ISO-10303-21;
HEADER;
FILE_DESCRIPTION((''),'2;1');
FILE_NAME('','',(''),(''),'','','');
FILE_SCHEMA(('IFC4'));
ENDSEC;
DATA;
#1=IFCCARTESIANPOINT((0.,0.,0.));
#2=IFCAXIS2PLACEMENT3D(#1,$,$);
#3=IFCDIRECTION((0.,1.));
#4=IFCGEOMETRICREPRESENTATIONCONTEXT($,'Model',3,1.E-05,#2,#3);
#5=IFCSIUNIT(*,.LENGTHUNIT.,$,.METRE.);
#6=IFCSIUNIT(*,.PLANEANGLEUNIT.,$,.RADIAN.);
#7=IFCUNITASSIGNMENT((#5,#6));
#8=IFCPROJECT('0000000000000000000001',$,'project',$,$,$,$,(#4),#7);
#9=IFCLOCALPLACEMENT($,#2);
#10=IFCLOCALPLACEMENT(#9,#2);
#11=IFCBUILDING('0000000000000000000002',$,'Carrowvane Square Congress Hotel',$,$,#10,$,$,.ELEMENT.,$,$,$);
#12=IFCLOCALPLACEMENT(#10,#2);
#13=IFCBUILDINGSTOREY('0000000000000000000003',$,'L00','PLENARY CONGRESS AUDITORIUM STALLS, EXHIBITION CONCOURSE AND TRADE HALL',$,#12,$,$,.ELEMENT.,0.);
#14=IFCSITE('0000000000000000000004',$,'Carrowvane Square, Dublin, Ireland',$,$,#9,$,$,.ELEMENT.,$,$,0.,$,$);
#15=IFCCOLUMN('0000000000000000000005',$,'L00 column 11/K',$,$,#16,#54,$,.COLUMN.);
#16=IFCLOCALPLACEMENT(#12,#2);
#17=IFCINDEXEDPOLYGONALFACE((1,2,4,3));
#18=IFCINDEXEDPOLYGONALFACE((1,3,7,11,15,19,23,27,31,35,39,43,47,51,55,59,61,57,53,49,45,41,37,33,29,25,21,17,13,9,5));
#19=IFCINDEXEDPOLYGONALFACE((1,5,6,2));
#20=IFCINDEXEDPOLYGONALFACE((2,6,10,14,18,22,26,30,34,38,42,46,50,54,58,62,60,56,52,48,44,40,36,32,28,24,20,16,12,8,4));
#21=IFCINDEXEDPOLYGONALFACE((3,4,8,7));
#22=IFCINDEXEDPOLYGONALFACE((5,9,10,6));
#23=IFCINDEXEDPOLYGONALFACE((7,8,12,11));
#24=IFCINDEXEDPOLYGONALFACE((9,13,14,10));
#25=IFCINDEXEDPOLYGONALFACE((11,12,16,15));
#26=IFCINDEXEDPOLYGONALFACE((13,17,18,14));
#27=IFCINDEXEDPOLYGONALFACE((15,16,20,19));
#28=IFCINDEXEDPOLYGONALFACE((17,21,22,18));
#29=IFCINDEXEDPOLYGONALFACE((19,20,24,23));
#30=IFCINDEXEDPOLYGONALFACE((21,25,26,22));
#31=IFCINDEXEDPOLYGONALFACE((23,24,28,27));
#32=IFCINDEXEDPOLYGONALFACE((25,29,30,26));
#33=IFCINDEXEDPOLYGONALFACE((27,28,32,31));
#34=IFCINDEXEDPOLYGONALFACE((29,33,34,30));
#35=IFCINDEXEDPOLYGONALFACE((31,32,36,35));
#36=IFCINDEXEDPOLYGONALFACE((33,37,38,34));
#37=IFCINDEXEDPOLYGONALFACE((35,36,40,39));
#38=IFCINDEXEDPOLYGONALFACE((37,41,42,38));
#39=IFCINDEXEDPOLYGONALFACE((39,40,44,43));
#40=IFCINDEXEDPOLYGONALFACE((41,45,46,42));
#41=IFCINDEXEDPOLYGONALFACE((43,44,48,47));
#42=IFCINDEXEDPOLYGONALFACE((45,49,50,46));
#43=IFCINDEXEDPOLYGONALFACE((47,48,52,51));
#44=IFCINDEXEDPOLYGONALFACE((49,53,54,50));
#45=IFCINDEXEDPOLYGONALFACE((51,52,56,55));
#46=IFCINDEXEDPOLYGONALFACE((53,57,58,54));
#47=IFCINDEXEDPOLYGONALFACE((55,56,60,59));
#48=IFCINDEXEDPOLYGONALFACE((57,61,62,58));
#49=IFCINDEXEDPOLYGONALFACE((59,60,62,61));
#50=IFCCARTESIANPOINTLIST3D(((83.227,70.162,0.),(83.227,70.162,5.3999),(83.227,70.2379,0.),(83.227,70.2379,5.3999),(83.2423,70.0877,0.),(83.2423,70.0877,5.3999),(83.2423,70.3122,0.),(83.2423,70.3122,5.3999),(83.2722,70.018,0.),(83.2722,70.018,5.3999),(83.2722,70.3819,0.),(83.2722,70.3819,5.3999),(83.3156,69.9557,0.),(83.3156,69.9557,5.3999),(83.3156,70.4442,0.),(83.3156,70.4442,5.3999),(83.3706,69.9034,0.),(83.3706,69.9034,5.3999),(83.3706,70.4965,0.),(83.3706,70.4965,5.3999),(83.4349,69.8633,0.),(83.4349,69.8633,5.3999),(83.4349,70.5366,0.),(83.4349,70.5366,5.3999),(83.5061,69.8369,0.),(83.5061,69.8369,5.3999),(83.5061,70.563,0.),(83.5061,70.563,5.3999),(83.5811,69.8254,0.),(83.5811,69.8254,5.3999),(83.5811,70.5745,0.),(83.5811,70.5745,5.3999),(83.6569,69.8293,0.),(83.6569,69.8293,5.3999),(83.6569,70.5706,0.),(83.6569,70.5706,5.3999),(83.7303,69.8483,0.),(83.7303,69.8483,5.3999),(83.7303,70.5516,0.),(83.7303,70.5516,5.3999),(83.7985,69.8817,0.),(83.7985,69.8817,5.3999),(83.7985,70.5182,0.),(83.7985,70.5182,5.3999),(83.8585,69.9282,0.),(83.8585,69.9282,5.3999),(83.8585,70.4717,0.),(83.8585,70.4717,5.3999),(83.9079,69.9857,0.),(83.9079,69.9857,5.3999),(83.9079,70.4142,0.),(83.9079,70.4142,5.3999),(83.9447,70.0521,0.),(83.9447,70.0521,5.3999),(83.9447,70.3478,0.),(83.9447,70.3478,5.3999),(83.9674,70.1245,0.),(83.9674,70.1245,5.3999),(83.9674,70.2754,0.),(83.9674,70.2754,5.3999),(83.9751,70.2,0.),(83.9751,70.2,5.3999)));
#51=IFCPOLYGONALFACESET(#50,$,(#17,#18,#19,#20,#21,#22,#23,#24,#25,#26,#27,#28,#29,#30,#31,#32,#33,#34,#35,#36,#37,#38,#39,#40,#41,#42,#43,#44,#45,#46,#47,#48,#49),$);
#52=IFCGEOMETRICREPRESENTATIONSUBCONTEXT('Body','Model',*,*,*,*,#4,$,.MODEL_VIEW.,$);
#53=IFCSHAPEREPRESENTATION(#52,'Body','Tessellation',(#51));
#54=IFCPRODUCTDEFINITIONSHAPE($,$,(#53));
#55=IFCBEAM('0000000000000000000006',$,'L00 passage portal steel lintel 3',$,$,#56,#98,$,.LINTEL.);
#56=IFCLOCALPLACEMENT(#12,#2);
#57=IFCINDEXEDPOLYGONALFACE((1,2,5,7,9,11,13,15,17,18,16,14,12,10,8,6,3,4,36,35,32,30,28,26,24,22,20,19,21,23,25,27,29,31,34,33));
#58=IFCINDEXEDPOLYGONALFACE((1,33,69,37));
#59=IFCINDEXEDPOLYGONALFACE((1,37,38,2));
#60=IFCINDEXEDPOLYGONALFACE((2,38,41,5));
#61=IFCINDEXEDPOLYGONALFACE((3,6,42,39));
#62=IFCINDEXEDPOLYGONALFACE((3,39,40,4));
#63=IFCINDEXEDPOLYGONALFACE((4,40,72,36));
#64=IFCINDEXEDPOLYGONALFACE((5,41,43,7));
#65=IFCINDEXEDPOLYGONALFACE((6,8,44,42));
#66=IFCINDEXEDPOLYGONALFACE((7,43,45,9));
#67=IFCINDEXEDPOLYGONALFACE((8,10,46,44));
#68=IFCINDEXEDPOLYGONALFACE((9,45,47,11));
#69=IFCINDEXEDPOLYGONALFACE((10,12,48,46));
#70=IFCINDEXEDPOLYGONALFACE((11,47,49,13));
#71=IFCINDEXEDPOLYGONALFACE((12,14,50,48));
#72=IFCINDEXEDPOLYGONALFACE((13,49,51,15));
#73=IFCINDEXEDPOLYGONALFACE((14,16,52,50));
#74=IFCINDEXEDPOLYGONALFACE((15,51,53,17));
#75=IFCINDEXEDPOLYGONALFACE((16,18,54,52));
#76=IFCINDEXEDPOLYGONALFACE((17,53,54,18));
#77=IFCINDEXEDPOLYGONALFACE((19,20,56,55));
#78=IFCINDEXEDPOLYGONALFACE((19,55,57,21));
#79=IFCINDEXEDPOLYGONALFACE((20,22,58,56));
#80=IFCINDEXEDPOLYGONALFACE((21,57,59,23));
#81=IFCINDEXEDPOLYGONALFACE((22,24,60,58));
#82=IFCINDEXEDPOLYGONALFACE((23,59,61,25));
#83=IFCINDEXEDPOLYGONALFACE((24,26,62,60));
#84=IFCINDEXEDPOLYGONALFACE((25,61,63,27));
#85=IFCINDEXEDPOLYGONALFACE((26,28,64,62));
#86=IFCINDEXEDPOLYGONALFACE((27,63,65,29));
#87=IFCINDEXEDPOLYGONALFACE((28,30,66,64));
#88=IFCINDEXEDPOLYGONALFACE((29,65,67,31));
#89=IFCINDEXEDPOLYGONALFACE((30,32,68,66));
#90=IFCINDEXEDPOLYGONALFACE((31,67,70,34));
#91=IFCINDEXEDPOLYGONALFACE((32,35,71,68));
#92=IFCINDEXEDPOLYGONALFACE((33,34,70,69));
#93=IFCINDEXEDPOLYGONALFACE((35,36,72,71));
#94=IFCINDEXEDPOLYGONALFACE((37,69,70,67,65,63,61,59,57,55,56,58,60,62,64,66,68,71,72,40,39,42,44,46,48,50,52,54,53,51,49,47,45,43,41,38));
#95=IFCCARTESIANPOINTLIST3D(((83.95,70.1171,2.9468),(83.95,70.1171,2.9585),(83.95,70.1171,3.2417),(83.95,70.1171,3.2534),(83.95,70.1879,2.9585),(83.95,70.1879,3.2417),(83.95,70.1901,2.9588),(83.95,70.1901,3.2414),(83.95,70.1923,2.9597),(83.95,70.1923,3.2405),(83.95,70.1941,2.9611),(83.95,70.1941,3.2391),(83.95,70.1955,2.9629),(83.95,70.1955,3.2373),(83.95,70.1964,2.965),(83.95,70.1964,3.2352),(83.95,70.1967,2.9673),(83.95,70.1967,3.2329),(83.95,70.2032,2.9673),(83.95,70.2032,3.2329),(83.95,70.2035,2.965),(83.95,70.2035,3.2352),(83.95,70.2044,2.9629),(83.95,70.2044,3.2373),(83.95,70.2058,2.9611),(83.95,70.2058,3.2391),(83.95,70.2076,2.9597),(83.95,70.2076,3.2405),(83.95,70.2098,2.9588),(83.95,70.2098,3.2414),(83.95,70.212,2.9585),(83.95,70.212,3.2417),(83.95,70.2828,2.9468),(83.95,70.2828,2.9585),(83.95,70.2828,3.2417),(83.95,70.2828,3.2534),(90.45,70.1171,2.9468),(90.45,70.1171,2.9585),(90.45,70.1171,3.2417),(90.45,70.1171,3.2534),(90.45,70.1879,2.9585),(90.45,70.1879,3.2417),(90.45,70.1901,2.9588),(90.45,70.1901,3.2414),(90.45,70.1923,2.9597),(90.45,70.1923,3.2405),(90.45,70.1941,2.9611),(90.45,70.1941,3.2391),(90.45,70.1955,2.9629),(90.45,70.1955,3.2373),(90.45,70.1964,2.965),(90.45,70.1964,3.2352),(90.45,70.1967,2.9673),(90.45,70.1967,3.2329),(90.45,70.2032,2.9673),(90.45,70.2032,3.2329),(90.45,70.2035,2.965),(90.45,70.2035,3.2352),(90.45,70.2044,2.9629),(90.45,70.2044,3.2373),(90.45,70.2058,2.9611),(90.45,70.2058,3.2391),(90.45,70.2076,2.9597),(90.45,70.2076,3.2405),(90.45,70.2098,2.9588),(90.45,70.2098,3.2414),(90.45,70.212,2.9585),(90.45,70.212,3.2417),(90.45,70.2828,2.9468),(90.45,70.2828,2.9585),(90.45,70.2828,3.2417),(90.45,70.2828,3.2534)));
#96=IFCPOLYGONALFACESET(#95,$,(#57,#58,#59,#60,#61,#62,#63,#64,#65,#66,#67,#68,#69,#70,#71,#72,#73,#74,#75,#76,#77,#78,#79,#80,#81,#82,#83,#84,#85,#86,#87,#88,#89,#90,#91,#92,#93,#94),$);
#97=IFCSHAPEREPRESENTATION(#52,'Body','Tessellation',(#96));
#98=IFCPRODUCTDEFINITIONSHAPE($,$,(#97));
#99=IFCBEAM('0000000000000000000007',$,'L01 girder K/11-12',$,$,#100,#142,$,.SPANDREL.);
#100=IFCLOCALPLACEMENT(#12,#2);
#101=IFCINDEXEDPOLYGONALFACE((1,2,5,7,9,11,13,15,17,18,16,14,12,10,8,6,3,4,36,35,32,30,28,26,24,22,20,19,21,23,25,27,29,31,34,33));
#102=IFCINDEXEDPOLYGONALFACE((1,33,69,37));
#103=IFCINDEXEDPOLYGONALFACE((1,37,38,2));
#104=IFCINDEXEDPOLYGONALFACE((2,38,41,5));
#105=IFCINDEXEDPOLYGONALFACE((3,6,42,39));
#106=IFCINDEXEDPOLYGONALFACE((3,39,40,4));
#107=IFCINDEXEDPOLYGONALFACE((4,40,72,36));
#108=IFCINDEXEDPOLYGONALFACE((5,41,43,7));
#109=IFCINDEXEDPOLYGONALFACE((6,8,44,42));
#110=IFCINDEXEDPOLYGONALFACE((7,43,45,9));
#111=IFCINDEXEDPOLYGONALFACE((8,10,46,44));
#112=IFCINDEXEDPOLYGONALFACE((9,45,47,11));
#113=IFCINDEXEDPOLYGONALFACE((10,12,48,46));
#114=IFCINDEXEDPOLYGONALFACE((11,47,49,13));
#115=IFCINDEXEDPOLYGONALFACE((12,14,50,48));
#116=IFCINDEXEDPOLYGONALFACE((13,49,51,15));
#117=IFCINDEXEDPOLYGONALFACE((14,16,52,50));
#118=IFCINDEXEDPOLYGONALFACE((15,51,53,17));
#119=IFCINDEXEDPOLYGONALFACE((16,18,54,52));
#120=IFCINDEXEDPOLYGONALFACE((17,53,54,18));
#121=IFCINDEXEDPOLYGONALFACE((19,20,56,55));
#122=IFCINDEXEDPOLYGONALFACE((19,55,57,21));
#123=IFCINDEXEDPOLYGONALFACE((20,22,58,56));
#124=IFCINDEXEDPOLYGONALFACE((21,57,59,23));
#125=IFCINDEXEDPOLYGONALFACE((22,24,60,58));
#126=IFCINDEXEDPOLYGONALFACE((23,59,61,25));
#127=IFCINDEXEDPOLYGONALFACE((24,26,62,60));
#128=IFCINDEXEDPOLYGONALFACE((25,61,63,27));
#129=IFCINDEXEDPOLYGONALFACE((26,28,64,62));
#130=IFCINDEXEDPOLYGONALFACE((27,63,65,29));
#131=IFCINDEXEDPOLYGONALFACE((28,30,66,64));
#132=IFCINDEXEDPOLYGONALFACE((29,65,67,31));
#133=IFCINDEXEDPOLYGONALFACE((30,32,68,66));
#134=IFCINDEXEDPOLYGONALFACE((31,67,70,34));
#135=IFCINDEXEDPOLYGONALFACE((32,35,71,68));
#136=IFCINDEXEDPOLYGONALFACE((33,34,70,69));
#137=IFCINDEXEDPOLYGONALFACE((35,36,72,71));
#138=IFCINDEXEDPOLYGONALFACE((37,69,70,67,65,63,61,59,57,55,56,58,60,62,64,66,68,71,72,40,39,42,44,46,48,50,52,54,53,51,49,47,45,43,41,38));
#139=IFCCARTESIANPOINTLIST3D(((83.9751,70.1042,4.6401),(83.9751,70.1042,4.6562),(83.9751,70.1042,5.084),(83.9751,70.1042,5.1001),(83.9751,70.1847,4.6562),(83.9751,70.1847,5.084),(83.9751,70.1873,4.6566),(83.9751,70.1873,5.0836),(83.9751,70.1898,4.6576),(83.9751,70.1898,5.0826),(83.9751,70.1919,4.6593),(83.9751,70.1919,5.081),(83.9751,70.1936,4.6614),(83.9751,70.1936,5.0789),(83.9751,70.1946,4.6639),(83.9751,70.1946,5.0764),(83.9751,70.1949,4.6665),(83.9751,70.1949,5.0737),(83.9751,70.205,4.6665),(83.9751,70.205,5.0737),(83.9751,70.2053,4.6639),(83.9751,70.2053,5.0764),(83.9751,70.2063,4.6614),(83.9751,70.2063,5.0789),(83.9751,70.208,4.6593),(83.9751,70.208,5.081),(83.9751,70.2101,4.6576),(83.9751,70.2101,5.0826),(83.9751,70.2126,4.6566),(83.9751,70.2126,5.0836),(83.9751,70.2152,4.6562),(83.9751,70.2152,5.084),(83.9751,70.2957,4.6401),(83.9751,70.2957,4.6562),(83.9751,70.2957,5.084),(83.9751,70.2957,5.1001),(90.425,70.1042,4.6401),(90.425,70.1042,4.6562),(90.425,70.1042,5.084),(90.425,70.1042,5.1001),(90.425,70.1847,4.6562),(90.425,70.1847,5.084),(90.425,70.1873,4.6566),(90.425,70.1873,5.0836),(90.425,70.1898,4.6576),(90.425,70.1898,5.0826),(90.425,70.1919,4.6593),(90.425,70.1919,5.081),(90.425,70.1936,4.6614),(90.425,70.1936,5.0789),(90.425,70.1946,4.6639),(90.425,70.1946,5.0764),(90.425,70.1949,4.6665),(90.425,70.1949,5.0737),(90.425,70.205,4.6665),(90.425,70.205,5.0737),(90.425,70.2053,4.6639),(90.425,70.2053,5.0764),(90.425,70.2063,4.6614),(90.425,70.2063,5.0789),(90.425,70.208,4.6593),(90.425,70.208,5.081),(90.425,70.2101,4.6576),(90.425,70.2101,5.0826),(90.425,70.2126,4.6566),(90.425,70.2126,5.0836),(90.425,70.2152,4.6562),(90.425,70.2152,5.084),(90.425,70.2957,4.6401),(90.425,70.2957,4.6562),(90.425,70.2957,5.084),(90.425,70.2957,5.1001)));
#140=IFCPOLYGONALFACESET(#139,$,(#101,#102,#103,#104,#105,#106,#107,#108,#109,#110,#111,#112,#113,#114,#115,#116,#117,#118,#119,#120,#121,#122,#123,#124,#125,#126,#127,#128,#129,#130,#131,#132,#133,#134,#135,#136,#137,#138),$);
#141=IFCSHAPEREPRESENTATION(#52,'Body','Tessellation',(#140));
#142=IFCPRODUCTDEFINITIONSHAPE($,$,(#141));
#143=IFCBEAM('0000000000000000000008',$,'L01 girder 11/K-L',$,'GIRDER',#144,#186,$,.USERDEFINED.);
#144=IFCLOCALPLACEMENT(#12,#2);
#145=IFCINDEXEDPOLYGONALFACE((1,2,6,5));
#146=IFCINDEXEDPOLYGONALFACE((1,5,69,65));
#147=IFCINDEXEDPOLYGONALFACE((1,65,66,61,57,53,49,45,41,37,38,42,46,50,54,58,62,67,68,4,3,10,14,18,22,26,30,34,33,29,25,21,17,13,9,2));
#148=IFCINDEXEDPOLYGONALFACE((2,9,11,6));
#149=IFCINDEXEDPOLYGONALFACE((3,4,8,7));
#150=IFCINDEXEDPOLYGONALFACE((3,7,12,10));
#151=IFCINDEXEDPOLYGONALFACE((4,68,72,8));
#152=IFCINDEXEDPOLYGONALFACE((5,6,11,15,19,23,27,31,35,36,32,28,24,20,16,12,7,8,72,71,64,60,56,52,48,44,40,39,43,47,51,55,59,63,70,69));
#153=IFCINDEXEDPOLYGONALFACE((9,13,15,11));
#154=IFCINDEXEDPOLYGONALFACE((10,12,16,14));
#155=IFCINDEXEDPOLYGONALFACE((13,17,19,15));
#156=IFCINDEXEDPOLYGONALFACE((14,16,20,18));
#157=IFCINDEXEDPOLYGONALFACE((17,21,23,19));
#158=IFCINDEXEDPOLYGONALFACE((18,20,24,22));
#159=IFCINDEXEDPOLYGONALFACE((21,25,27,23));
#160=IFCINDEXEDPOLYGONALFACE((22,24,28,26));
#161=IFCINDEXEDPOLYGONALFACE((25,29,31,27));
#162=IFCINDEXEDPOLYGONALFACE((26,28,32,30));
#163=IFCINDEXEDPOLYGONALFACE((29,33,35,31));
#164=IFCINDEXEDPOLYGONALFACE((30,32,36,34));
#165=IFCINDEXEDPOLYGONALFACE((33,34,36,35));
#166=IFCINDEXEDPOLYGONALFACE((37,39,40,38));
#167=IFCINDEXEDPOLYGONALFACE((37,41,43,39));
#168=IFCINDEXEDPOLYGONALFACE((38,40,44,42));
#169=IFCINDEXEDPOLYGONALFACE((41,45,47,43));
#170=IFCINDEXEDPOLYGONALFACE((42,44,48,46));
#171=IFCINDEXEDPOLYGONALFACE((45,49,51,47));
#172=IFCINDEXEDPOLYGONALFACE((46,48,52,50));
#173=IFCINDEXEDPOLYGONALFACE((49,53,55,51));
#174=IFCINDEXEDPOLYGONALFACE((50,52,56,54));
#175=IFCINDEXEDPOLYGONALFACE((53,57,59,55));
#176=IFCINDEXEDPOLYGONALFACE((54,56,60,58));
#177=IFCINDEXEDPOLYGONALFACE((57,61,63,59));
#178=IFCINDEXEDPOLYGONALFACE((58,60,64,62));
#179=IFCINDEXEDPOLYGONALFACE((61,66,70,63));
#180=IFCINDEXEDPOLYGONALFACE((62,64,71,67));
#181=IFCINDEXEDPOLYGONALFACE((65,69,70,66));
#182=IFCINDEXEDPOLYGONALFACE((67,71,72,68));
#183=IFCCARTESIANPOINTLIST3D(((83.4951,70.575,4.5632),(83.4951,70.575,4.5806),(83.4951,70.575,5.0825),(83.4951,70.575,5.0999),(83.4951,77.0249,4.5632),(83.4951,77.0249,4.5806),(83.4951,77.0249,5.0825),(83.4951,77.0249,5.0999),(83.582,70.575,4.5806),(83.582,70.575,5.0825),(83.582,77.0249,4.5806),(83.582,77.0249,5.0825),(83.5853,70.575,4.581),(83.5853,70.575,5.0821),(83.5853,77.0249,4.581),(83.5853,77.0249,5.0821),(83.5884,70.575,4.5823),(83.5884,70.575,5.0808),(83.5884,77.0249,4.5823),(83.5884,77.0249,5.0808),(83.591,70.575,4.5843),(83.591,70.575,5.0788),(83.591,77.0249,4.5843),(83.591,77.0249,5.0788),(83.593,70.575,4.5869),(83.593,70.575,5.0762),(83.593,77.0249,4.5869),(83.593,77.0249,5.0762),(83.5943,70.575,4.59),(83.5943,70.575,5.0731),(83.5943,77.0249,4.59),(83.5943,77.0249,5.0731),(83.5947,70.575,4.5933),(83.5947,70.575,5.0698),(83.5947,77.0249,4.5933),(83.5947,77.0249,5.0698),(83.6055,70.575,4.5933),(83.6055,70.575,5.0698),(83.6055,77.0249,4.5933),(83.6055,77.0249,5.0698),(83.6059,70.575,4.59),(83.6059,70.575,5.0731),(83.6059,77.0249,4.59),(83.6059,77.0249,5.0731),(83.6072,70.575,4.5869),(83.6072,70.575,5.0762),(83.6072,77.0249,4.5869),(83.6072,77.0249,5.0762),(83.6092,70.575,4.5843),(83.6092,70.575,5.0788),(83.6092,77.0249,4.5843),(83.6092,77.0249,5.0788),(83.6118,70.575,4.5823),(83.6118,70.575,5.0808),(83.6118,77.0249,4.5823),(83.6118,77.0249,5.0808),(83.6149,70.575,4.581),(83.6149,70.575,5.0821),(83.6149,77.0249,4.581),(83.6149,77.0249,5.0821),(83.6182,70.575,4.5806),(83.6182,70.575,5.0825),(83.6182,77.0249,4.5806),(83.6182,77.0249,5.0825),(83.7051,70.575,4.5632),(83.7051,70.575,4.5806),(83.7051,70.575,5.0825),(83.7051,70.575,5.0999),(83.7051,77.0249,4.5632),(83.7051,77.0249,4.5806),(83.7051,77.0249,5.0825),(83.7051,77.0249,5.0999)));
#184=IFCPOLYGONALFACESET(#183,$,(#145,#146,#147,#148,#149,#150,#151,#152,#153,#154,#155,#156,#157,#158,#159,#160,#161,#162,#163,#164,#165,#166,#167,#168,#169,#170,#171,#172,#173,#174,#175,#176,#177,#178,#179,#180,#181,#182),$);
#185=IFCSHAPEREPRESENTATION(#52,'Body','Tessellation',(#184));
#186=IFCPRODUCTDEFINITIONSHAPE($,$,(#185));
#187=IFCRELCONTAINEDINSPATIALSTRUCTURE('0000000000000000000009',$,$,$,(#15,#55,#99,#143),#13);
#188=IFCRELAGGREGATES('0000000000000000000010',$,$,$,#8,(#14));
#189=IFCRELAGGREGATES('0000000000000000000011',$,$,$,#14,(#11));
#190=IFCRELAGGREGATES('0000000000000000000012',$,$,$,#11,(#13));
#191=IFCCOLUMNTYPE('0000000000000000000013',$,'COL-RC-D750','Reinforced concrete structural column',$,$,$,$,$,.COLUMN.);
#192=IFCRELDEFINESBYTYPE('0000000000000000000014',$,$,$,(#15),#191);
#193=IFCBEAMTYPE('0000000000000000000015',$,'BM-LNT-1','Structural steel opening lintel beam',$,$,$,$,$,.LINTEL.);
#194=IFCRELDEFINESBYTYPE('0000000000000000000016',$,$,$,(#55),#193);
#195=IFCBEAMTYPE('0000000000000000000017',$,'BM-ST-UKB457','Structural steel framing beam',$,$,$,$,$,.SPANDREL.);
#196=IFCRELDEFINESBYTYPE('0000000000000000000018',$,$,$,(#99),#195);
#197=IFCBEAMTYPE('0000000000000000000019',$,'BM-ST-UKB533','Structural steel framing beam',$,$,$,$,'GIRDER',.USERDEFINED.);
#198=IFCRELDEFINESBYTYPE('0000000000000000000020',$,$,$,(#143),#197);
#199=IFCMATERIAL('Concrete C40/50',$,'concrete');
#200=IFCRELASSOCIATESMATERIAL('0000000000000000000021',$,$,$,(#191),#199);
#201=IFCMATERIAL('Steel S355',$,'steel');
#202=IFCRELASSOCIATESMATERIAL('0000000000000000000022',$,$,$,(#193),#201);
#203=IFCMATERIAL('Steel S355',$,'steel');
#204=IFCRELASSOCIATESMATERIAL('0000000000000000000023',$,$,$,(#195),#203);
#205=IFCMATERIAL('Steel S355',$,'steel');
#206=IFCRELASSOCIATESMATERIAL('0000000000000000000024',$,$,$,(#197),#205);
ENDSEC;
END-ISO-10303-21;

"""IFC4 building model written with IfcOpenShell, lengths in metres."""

from ifc_helpers import new_model, si_unit, direction, frame, origin, origin_2d, place, context, subcontext, project, spatial, circle, i_section, extrude, material, material_profile, profile_set, type_object, element, save


model = new_model("IFC4")

# Units and contexts
model_context = context("Model", 3, precision=1e-05, world=origin(), true_north=direction((0.0, 1.0)))
body_context = subcontext(model_context, "Body", "Model", "MODEL_VIEW")
ifc_project = project(units=[si_unit("LENGTHUNIT", "METRE"), si_unit("PLANEANGLEUNIT", "RADIAN")], contexts=[model_context])

# Site, building, storey
site_placement = place(None, origin())
site = spatial("IfcSite", under=ifc_project, at=site_placement, Name="Carrowvane Square, Dublin, Ireland", CompositionType="ELEMENT", RefElevation=0.0)
building_placement = place(site_placement, origin())
building = spatial("IfcBuilding", under=site, at=building_placement, Name="Carrowvane Square Congress Hotel", CompositionType="ELEMENT")
storey_placement = place(building_placement, origin())
storey = spatial("IfcBuildingStorey", under=building, at=storey_placement, Name="L00", Description="PLENARY CONGRESS AUDITORIUM STALLS, EXHIBITION CONCOURSE AND TRADE HALL", CompositionType="ELEMENT", Elevation=0.0)

# Column
ifc_material_1 = material(Name="Concrete C40/50", Category="concrete")
ifc_material_profile_1 = material_profile(ifc_material_1, circle(Radius=0.375, at=origin_2d()), Name="RC D750")
ifc_profile_set_1 = profile_set([ifc_material_profile_1], Name="Concrete C40/50")
column_type = type_object("IfcColumnType", Name="COL-RC-D750", Description="Reinforced concrete structural column", PredefinedType="COLUMN", material=ifc_profile_set_1)
column_placement = place(storey_placement, frame((83.6001, 70.2, 0.0), z_axis=(0.0, 0.0, 1.0), x_axis=(1.0, 0.0, 0.0)))
element("IfcColumn", 1, at=column_placement, inside=storey, type_object=column_type, Name="L00 column 11/K", PredefinedType="COLUMN", context=body_context, shape_type="SweptSolid", body=[
    extrude(circle(Radius=0.375, at=origin_2d()), origin(), (0.0, 0.0, 1.0), 5.3999),
])

# Beams
ifc_material_2 = material(Name="Steel S355", Category="steel")
ifc_material_profile_2 = material_profile(ifc_material_2, i_section(OverallWidth=0.1658, OverallDepth=0.3066, WebThickness=0.0066, FlangeThickness=0.0117, FilletRadius=0.0088, at=origin_2d()), Name="UKB 305x165x46")
ifc_profile_set_2 = profile_set([ifc_material_profile_2], Name="Steel S355")
beam_type_1 = type_object("IfcBeamType", Name="BM-LNT-1", Description="Structural steel opening lintel beam", PredefinedType="LINTEL", material=ifc_profile_set_2)
beam_1_placement = place(storey_placement, frame((83.95, 70.2, 3.1001), z_axis=(1.0, 0.0, 0.0), x_axis=(0.0, 1.0, 0.0)))
element("IfcBeam", 2, at=beam_1_placement, inside=storey, type_object=beam_type_1, Name="L00 passage portal steel lintel 3", PredefinedType="LINTEL", context=body_context, shape_type="SweptSolid", body=[
    extrude(i_section(OverallWidth=0.1658, OverallDepth=0.3066, WebThickness=0.0066, FlangeThickness=0.0117, FilletRadius=0.0088, at=origin_2d()), origin(), (0.0, 0.0, 1.0), 6.5),
])
ifc_material_3 = material(Name="Steel S355", Category="steel")
ifc_material_profile_3 = material_profile(ifc_material_3, i_section(OverallWidth=0.1914, OverallDepth=0.46, WebThickness=0.01, FlangeThickness=0.0161, FilletRadius=0.0103, at=origin_2d()), Name="UKB 457x191x82")
ifc_profile_set_3 = profile_set([ifc_material_profile_3], Name="Steel S355")
beam_type_2 = type_object("IfcBeamType", Name="BM-ST-UKB457", Description="Structural steel framing beam", PredefinedType="SPANDREL", material=ifc_profile_set_3)
beam_2_placement = place(storey_placement, frame((83.9751, 70.2, 4.8701), z_axis=(1.0, 0.0, 0.0), x_axis=(0.0, 1.0, 0.0)))
element("IfcBeam", 3, at=beam_2_placement, inside=storey, type_object=beam_type_2, Name="L01 girder K/11-12", PredefinedType="SPANDREL", context=body_context, shape_type="SweptSolid", body=[
    extrude(i_section(OverallWidth=0.1914, OverallDepth=0.46, WebThickness=0.01, FlangeThickness=0.0161, FilletRadius=0.0103, at=origin_2d()), origin(), (0.0, 0.0, 1.0), 6.45),
])
ifc_material_4 = material(Name="Steel S355", Category="steel")
ifc_material_profile_4 = material_profile(ifc_material_4, i_section(OverallWidth=0.21, OverallDepth=0.5366, WebThickness=0.0107, FlangeThickness=0.0173, FilletRadius=0.0127, at=origin_2d()), Name="UKB 533x210x101")
ifc_profile_set_4 = profile_set([ifc_material_profile_4], Name="Steel S355")
beam_type_3 = type_object("IfcBeamType", Name="BM-ST-UKB533", Description="Structural steel framing beam", ElementType="GIRDER", PredefinedType="USERDEFINED", material=ifc_profile_set_4)
beam_3_placement = place(storey_placement, frame((83.6001, 70.575, 4.8315), z_axis=(0.0, 1.0, 0.0), x_axis=(-1.0, 0.0, 0.0)))
element("IfcBeam", 4, at=beam_3_placement, inside=storey, type_object=beam_type_3, Name="L01 girder 11/K-L", ObjectType="GIRDER", PredefinedType="USERDEFINED", context=body_context, shape_type="SweptSolid", body=[
    extrude(i_section(OverallWidth=0.21, OverallDepth=0.5366, WebThickness=0.0107, FlangeThickness=0.0173, FilletRadius=0.0127, at=origin_2d()), origin(), (0.0, 0.0, 1.0), 6.45),
])

save(model, "model.ifc")
